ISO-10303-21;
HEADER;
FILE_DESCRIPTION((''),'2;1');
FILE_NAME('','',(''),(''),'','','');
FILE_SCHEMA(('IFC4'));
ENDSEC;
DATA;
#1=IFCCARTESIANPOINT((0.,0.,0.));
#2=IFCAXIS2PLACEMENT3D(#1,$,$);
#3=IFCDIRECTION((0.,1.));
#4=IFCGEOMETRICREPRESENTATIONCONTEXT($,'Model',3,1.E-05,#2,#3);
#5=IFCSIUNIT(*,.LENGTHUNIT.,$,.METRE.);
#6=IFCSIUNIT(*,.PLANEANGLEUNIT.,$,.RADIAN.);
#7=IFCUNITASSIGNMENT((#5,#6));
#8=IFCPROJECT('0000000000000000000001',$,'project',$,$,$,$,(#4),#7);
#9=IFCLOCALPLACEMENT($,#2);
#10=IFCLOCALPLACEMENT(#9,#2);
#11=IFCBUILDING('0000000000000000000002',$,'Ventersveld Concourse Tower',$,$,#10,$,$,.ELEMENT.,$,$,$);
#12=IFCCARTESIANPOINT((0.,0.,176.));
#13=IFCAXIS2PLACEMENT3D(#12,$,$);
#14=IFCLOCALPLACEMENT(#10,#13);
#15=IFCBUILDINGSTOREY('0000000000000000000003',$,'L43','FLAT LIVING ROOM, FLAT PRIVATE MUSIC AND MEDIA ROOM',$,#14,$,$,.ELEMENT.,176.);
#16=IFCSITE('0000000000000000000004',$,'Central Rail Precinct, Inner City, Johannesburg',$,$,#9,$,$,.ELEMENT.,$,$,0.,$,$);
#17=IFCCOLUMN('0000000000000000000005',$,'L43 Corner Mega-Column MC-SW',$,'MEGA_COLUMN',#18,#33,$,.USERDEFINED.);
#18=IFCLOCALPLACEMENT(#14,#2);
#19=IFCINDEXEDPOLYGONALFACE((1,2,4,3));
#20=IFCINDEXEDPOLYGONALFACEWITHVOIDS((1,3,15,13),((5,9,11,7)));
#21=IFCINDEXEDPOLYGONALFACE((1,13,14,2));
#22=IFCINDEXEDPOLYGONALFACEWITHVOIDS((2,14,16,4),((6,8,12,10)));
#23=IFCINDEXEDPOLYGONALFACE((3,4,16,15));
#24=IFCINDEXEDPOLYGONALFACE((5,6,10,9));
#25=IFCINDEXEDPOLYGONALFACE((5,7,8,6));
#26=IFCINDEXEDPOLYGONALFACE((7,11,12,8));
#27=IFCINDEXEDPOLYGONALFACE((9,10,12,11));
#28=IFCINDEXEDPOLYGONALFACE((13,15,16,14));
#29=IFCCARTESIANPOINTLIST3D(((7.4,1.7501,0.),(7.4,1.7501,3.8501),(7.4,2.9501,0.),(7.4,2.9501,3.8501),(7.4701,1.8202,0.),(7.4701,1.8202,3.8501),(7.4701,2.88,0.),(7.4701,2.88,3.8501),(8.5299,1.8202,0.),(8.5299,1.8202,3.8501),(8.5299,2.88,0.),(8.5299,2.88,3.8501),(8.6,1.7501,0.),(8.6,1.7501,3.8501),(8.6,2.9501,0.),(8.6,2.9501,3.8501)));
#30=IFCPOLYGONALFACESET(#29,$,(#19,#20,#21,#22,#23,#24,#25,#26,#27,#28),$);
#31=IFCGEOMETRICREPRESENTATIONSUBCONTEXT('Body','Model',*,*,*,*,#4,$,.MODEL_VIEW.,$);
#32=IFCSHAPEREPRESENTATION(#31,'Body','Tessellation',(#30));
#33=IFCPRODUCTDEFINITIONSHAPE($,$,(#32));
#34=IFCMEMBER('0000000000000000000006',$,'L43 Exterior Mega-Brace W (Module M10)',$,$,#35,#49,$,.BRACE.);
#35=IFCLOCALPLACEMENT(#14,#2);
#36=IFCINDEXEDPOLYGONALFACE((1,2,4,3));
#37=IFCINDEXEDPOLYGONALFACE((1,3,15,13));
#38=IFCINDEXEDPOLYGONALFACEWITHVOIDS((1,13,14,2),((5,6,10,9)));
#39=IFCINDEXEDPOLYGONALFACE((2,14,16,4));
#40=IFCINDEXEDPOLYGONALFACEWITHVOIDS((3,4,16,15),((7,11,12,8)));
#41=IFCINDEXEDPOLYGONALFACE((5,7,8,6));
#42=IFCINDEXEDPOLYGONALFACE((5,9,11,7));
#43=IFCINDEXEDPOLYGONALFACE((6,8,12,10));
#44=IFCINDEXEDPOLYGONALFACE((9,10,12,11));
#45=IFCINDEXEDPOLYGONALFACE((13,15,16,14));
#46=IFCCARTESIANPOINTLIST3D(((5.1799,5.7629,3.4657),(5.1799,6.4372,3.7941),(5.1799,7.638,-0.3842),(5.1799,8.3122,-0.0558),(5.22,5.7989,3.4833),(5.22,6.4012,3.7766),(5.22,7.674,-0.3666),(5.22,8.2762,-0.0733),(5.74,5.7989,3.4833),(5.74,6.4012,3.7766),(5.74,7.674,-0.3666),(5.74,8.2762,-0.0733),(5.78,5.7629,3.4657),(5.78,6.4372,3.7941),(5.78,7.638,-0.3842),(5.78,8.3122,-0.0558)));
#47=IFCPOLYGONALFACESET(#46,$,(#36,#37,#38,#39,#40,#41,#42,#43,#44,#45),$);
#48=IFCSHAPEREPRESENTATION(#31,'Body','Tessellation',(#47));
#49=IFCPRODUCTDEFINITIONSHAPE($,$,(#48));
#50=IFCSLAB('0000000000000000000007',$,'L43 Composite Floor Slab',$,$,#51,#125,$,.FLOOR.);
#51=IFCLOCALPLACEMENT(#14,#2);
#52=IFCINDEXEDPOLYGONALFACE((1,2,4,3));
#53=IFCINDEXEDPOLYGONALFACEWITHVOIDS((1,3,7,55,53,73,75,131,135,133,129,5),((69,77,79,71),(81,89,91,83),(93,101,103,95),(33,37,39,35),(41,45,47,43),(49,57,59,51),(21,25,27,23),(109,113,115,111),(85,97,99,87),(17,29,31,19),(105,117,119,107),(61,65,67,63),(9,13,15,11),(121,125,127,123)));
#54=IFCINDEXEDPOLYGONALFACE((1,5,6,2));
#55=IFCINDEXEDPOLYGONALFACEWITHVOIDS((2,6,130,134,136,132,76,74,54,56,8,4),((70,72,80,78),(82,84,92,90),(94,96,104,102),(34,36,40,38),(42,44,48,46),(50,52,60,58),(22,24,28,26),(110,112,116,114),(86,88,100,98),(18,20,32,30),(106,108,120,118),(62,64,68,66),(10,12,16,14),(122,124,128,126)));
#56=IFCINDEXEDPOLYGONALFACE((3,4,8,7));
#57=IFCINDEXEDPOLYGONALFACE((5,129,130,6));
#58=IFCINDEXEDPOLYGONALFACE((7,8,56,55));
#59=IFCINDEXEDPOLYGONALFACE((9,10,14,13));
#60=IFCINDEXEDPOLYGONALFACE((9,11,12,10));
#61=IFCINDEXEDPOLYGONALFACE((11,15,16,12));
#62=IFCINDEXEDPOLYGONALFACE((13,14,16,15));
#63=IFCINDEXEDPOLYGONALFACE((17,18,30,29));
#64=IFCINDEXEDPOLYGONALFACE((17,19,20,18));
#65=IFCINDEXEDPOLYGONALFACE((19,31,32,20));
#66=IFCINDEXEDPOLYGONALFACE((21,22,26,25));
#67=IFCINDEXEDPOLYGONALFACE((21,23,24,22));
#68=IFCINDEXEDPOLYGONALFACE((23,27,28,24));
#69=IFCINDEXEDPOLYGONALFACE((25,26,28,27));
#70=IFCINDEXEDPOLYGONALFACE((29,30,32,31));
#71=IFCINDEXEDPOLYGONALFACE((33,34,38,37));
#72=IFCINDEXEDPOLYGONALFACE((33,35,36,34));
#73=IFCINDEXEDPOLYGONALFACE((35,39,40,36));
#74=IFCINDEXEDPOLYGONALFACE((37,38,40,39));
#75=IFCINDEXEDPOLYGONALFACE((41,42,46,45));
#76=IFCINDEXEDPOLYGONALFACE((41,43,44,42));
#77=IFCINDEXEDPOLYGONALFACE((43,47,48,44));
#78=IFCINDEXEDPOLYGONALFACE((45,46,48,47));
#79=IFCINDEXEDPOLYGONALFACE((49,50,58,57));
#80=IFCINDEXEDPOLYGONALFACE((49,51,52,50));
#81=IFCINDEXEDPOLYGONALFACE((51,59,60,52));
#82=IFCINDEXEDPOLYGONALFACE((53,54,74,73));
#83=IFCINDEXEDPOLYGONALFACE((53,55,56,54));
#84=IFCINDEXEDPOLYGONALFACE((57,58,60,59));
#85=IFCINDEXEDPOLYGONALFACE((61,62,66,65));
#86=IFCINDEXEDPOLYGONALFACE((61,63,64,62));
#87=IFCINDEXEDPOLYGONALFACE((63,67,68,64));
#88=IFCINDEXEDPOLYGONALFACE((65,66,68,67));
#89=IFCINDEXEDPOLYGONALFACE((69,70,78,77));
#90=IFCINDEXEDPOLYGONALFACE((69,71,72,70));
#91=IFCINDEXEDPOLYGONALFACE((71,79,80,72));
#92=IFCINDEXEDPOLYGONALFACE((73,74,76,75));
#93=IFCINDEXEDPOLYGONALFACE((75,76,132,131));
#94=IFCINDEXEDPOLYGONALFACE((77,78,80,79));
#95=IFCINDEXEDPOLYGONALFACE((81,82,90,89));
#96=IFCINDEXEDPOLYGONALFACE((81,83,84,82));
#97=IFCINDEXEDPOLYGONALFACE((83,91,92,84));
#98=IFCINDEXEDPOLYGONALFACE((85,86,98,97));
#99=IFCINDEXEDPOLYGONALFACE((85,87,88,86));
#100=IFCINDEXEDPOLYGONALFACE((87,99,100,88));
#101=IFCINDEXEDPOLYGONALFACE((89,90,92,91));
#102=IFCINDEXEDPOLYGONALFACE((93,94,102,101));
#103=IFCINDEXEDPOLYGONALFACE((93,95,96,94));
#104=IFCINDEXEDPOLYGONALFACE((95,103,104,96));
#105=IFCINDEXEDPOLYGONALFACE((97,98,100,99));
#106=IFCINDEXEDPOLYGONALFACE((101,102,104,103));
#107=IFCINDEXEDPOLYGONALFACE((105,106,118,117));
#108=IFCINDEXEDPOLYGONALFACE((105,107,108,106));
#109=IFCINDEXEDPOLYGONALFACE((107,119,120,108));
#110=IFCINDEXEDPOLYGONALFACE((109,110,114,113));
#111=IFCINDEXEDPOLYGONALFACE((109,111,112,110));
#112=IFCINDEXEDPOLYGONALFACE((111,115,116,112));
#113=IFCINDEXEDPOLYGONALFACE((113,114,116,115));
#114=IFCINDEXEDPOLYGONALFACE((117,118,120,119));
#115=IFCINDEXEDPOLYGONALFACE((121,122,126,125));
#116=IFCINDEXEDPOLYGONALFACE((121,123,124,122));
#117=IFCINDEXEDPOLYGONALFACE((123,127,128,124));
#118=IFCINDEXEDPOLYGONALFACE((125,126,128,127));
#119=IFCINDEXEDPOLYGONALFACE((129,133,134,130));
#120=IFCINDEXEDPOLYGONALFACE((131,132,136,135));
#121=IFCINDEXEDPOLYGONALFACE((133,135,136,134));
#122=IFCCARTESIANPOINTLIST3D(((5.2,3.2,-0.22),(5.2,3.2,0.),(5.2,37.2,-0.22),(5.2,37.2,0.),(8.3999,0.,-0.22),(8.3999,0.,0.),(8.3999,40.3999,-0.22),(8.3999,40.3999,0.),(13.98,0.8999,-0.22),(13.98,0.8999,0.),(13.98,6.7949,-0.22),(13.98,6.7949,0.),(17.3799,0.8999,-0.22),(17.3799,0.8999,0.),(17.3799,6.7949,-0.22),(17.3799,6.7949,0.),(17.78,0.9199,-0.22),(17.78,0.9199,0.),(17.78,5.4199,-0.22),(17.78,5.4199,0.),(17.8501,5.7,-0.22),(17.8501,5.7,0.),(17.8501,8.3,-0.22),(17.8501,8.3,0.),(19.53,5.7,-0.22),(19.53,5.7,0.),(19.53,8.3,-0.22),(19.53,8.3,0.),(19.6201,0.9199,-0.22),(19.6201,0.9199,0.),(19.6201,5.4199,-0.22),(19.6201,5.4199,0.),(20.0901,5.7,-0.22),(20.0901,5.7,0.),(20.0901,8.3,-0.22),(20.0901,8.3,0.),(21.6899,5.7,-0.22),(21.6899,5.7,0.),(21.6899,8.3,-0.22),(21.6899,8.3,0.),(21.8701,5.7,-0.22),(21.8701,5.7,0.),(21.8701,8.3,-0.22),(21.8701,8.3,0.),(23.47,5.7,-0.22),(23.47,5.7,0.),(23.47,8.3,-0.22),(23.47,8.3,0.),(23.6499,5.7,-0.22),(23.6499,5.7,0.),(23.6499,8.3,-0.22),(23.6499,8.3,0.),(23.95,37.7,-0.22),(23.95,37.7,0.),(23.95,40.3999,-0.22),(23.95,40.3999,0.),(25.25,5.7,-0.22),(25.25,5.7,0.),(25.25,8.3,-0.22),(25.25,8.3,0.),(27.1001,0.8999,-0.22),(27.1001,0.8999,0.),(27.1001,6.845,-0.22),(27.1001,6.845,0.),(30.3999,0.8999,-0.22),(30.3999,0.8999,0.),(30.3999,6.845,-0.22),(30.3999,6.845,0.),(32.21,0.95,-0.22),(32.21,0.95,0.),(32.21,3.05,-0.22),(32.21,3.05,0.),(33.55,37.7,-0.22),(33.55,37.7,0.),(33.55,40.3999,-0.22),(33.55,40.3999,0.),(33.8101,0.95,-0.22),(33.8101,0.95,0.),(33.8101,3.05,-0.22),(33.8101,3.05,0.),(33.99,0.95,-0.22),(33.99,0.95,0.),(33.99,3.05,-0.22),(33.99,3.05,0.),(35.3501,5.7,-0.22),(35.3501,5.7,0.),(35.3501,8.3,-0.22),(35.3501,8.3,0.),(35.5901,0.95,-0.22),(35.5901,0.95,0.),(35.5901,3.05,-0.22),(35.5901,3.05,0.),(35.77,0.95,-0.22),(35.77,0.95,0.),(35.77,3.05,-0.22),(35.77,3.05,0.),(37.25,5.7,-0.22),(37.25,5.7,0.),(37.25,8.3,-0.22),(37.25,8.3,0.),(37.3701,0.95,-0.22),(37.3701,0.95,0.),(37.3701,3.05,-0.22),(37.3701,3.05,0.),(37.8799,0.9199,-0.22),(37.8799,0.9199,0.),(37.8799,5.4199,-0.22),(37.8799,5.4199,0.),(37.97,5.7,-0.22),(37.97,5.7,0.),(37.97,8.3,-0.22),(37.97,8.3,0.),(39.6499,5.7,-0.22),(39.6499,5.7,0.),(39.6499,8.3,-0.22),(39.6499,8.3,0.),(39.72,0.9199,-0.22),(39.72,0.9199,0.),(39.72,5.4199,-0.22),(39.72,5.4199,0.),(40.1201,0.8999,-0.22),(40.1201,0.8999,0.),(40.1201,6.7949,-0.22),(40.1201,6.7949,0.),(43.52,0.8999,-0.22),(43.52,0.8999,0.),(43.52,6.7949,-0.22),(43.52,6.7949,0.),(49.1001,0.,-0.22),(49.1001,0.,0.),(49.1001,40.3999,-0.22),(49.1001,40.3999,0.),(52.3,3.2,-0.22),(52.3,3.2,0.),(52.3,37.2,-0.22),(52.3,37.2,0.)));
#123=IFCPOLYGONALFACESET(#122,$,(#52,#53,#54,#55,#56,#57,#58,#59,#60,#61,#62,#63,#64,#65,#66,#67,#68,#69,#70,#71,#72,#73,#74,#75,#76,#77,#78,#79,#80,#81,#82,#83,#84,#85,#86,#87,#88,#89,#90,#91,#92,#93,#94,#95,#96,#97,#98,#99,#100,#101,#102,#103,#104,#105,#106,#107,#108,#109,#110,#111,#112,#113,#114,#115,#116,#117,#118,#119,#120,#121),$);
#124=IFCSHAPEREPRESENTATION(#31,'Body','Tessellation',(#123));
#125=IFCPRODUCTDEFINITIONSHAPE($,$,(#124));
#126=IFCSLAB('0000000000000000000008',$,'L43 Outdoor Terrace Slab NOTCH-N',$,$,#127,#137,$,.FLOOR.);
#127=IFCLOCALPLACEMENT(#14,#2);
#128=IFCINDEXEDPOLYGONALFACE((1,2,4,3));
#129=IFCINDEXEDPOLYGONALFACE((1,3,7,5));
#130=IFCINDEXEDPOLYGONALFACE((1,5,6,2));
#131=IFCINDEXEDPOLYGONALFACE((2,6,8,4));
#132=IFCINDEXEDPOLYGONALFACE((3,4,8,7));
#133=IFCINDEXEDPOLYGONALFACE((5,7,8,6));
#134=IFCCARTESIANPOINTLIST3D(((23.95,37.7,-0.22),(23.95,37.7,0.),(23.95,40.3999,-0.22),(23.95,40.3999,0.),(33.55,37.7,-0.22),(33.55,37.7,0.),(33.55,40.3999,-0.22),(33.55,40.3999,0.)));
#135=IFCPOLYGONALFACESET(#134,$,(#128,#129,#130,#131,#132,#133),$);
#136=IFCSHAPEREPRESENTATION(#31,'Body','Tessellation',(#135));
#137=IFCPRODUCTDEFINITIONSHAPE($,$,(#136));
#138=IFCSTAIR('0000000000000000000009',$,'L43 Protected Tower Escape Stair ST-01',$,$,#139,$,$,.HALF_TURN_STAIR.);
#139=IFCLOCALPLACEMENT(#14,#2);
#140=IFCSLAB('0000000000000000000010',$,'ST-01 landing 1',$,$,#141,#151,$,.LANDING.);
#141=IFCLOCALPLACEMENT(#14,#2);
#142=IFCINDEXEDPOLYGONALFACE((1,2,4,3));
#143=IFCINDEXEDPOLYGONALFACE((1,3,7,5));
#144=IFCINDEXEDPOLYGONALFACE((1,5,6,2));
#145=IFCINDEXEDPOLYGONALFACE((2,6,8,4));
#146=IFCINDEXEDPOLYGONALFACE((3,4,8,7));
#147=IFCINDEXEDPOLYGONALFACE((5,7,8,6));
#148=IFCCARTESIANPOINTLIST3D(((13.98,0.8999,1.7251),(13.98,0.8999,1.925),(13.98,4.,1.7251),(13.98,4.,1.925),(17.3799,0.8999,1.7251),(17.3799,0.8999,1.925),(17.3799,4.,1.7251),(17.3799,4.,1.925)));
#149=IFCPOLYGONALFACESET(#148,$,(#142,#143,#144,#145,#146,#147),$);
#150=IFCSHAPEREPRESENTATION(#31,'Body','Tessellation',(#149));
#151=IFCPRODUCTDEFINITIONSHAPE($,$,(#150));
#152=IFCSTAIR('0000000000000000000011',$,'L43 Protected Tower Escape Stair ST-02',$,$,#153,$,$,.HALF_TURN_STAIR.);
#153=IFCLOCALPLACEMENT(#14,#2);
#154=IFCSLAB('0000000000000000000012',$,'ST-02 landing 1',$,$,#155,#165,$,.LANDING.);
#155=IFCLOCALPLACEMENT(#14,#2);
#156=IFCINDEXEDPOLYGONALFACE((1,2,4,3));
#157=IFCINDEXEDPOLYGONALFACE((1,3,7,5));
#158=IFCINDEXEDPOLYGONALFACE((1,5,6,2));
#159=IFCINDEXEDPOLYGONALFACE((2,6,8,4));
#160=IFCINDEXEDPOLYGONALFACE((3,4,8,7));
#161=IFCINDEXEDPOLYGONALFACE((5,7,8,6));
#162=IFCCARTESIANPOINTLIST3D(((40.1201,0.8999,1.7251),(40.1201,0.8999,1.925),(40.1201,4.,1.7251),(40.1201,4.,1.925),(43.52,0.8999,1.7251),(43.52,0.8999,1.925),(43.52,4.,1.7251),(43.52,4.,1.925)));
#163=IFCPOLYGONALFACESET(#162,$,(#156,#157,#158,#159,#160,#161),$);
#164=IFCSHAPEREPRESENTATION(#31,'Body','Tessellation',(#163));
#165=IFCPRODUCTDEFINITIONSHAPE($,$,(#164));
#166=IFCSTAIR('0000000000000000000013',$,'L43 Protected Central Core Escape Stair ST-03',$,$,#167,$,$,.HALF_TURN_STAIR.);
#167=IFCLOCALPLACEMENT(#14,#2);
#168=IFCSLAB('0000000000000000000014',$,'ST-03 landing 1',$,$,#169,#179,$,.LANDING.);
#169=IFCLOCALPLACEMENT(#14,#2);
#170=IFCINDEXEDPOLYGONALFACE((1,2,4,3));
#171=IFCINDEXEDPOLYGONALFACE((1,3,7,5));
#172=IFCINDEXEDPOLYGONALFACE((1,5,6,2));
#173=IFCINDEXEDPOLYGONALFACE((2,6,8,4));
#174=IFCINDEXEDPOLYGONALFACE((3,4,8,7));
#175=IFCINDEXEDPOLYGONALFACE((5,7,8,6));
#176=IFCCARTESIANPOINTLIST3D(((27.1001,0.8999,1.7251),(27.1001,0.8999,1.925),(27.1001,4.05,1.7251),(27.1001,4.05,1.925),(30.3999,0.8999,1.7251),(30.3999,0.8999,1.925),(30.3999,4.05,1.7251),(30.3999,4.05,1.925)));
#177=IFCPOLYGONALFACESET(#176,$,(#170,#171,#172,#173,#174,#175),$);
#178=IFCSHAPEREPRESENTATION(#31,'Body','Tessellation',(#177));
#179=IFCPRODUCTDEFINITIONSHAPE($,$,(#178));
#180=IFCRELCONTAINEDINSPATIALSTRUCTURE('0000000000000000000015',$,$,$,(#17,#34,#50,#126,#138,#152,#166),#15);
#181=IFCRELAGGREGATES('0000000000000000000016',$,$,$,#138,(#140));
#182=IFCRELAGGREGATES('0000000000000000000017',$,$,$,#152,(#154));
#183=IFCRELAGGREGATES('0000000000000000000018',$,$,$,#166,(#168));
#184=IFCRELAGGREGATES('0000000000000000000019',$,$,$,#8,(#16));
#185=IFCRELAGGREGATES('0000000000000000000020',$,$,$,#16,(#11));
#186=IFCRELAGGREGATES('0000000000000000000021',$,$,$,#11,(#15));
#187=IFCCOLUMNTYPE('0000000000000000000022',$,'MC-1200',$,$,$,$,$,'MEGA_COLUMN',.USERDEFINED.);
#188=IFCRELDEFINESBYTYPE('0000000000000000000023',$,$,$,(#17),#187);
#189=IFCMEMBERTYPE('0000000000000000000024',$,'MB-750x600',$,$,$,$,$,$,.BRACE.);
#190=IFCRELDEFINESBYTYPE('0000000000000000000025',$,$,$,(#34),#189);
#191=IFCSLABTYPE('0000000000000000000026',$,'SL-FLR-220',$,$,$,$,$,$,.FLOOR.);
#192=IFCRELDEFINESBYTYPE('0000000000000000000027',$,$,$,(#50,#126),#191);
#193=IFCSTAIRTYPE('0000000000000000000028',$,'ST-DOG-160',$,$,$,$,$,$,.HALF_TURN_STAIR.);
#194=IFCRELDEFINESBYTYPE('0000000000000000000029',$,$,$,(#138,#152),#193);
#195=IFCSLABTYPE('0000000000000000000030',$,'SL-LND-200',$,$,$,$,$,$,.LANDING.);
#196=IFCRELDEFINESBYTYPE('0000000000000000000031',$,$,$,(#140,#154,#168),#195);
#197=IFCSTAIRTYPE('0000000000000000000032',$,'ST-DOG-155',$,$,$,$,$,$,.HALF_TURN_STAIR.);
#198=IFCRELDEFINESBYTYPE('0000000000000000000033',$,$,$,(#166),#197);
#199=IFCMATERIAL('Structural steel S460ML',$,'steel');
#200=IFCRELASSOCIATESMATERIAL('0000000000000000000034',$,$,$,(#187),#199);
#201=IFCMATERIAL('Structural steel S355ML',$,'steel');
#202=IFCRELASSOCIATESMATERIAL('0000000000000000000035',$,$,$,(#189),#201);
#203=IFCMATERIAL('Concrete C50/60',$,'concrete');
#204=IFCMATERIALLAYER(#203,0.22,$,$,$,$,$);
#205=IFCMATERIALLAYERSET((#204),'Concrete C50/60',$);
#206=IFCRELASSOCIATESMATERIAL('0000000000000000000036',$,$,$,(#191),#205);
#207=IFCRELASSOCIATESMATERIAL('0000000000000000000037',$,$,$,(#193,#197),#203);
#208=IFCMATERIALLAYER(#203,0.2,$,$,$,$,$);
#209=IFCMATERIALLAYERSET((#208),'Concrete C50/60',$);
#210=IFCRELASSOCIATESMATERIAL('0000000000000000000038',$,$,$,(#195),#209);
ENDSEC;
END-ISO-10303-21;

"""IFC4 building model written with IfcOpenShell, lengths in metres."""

from ifc_helpers import new_model, si_unit, direction, frame, origin, origin_2d, place, context, subcontext, project, spatial, polyline, hollow_rectangle, outline, extrude, material, layer, layer_set, material_profile, profile_set, type_object, element, aggregate, save


model = new_model("IFC4")

# Units and contexts
model_context = context("Model", 3, precision=1e-05, world=origin(), true_north=direction((0.0, 1.0)))
body_context = subcontext(model_context, "Body", "Model", "MODEL_VIEW")
ifc_project = project(units=[si_unit("LENGTHUNIT", "METRE"), si_unit("PLANEANGLEUNIT", "RADIAN")], contexts=[model_context])

# Site, building, storey
site_placement = place(None, origin())
site = spatial("IfcSite", under=ifc_project, at=site_placement, Name="Central Rail Precinct, Inner City, Johannesburg", CompositionType="ELEMENT", RefElevation=0.0)
building_placement = place(site_placement, origin())
building = spatial("IfcBuilding", under=site, at=building_placement, Name="Ventersveld Concourse Tower", CompositionType="ELEMENT")
storey_placement = place(building_placement, frame((0.0, 0.0, 176.0)))
storey = spatial("IfcBuildingStorey", under=building, at=storey_placement, Name="L43", Description="FLAT LIVING ROOM, FLAT PRIVATE MUSIC AND MEDIA ROOM", CompositionType="ELEMENT", Elevation=176.0)

# Column
ifc_material_1 = material(Name="Structural steel S460ML", Category="steel")
ifc_material_profile_1 = material_profile(ifc_material_1, hollow_rectangle(XDim=1.2, YDim=1.2, WallThickness=0.0701, at=origin_2d()), Name="BOX 1200x1200x70")
ifc_profile_set_1 = profile_set([ifc_material_profile_1], Name="Structural steel S460ML")
column_type = type_object("IfcColumnType", Name="MC-1200", ElementType="MEGA_COLUMN", PredefinedType="USERDEFINED", material=ifc_profile_set_1)
column_placement = place(storey_placement, frame((8.0, 2.3501, 0.0), z_axis=(0.0, 0.0, 1.0), x_axis=(1.0, 0.0, 0.0)))
element("IfcColumn", 1, at=column_placement, inside=storey, type_object=column_type, Name="L43 Corner Mega-Column MC-SW", ObjectType="MEGA_COLUMN", PredefinedType="USERDEFINED", context=body_context, shape_type="SweptSolid", body=[
    extrude(hollow_rectangle(XDim=1.2, YDim=1.2, WallThickness=0.0701, at=origin_2d()), origin(), (0.0, 0.0, 1.0), 3.8501),
])

# Member
ifc_material_2 = material(Name="Structural steel S355ML", Category="steel")
ifc_material_profile_2 = material_profile(ifc_material_2, hollow_rectangle(XDim=0.6001, YDim=0.75, WallThickness=0.04, at=origin_2d()), Name="BOX 750x600x40")
ifc_profile_set_2 = profile_set([ifc_material_profile_2], Name="Structural steel S355ML")
member_type = type_object("IfcMemberType", Name="MB-750x600", PredefinedType="BRACE", material=ifc_profile_set_2)
member_placement = place(storey_placement, frame((5.48, 7.9751, -0.22), z_axis=(0.0, -0.437862, 0.899042), x_axis=(1.0, 0.0, 0.0)))
element("IfcMember", 2, at=member_placement, inside=storey, type_object=member_type, Name="L43 Exterior Mega-Brace W (Module M10)", PredefinedType="BRACE", context=body_context, shape_type="SweptSolid", body=[
    extrude(hollow_rectangle(XDim=0.6001, YDim=0.75, WallThickness=0.04, at=origin_2d()), origin(), (0.0, 0.0, 1.0), 4.2822),
])

# Slabs
ifc_material_3 = material(Name="Concrete C50/60", Category="concrete")
ifc_layer_1 = layer(ifc_material_3, 0.22)
ifc_layer_set_1 = layer_set([ifc_layer_1], Name="Concrete C50/60")
slab_type_1 = type_object("IfcSlabType", Name="SL-FLR-220", PredefinedType="FLOOR", material=ifc_layer_set_1)
slab_1_placement = place(storey_placement, frame((0.0, 0.0, -0.22)))
element("IfcSlab", 3, at=slab_1_placement, inside=storey, type_object=slab_type_1, Name="L43 Composite Floor Slab", PredefinedType="FLOOR", context=body_context, shape_type="SweptSolid", body=[
    extrude(outline(polyline([(8.3999, 0.0), (49.1001, 0.0), (52.3, 3.2), (52.3, 37.2), (49.1001, 40.3999), (33.55, 40.3999), (33.55, 37.7), (23.95, 37.7), (23.95, 40.3999), (8.3999, 40.3999), (5.2, 37.2), (5.2, 3.2), (8.3999, 0.0)]), holes=[polyline([(13.98, 6.7949), (13.98, 0.8999), (17.3799, 0.8999), (17.3799, 6.7949), (13.98, 6.7949)]), polyline([(40.1201, 6.7949), (40.1201, 0.8999), (43.52, 0.8999), (43.52, 6.7949), (40.1201, 6.7949)]), polyline([(27.1001, 6.845), (27.1001, 0.8999), (30.3999, 0.8999), (30.3999, 6.845), (27.1001, 6.845)]), polyline([(17.8501, 5.7), (19.53, 5.7), (19.53, 8.3), (17.8501, 8.3), (17.8501, 5.7)]), polyline([(37.97, 5.7), (39.6499, 5.7), (39.6499, 8.3), (37.97, 8.3), (37.97, 5.7)]), polyline([(35.3501, 5.7), (37.25, 5.7), (37.25, 8.3), (35.3501, 8.3), (35.3501, 5.7)]), polyline([(32.21, 0.95), (33.8101, 0.95), (33.8101, 3.05), (32.21, 3.05), (32.21, 0.95)]), polyline([(33.99, 0.95), (35.5901, 0.95), (35.5901, 3.05), (33.99, 3.05), (33.99, 0.95)]), polyline([(35.77, 0.95), (37.3701, 0.95), (37.3701, 3.05), (35.77, 3.05), (35.77, 0.95)]), polyline([(20.0901, 5.7), (21.6899, 5.7), (21.6899, 8.3), (20.0901, 8.3), (20.0901, 5.7)]), polyline([(21.8701, 5.7), (23.47, 5.7), (23.47, 8.3), (21.8701, 8.3), (21.8701, 5.7)]), polyline([(23.6499, 5.7), (25.25, 5.7), (25.25, 8.3), (23.6499, 8.3), (23.6499, 5.7)]), polyline([(17.78, 0.9199), (19.6201, 0.9199), (19.6201, 5.4199), (17.78, 5.4199), (17.78, 0.9199)]), polyline([(37.8799, 0.9199), (39.72, 0.9199), (39.72, 5.4199), (37.8799, 5.4199), (37.8799, 0.9199)])]), origin(), (0.0, 0.0, 1.0), 0.22),
])
slab_2_placement = place(storey_placement, frame((0.0, 0.0, -0.22)))
element("IfcSlab", 4, at=slab_2_placement, inside=storey, type_object=slab_type_1, Name="L43 Outdoor Terrace Slab NOTCH-N", PredefinedType="FLOOR", context=body_context, shape_type="SweptSolid", body=[
    extrude(outline(polyline([(23.95, 37.7), (33.55, 37.7), (33.55, 40.3999), (23.95, 40.3999), (23.95, 37.7)])), origin(), (0.0, 0.0, 1.0), 0.22),
])

# Stairs, slabs
stair_type_1 = type_object("IfcStairType", Name="ST-DOG-160", PredefinedType="HALF_TURN_STAIR", material=ifc_material_3)
stair_1_placement = place(storey_placement, origin())
stair_1 = element("IfcStair", 5, at=stair_1_placement, inside=storey, type_object=stair_type_1, Name="L43 Protected Tower Escape Stair ST-01", PredefinedType="HALF_TURN_STAIR")
ifc_layer_2 = layer(ifc_material_3, 0.2)
ifc_layer_set_2 = layer_set([ifc_layer_2], Name="Concrete C50/60")
slab_type_2 = type_object("IfcSlabType", Name="SL-LND-200", PredefinedType="LANDING", material=ifc_layer_set_2)
slab_3_placement = place(storey_placement, frame((0.0, 0.0, 1.7251)))
slab_3 = element("IfcSlab", 6, at=slab_3_placement, type_object=slab_type_2, Name="ST-01 landing 1", PredefinedType="LANDING", context=body_context, shape_type="SweptSolid", body=[
    extrude(outline(polyline([(13.98, 4.0), (13.98, 0.8999), (17.3799, 0.8999), (17.3799, 4.0), (13.98, 4.0)])), origin(), (0.0, 0.0, 1.0), 0.2),
])
aggregate(stair_1, [slab_3])
stair_2_placement = place(storey_placement, origin())
stair_2 = element("IfcStair", 7, at=stair_2_placement, inside=storey, type_object=stair_type_1, Name="L43 Protected Tower Escape Stair ST-02", PredefinedType="HALF_TURN_STAIR")
slab_4_placement = place(storey_placement, frame((0.0, 0.0, 1.7251)))
slab_4 = element("IfcSlab", 8, at=slab_4_placement, type_object=slab_type_2, Name="ST-02 landing 1", PredefinedType="LANDING", context=body_context, shape_type="SweptSolid", body=[
    extrude(outline(polyline([(40.1201, 4.0), (40.1201, 0.8999), (43.52, 0.8999), (43.52, 4.0), (40.1201, 4.0)])), origin(), (0.0, 0.0, 1.0), 0.2),
])
aggregate(stair_2, [slab_4])
stair_type_2 = type_object("IfcStairType", Name="ST-DOG-155", PredefinedType="HALF_TURN_STAIR", material=ifc_material_3)
stair_3_placement = place(storey_placement, origin())
stair_3 = element("IfcStair", 9, at=stair_3_placement, inside=storey, type_object=stair_type_2, Name="L43 Protected Central Core Escape Stair ST-03", PredefinedType="HALF_TURN_STAIR")
slab_5_placement = place(storey_placement, frame((0.0, 0.0, 1.7251)))
slab_5 = element("IfcSlab", 10, at=slab_5_placement, type_object=slab_type_2, Name="ST-03 landing 1", PredefinedType="LANDING", context=body_context, shape_type="SweptSolid", body=[
    extrude(outline(polyline([(27.1001, 4.05), (27.1001, 0.8999), (30.3999, 0.8999), (30.3999, 4.05), (27.1001, 4.05)])), origin(), (0.0, 0.0, 1.0), 0.2),
])
aggregate(stair_3, [slab_5])

save(model, "model.ifc")
